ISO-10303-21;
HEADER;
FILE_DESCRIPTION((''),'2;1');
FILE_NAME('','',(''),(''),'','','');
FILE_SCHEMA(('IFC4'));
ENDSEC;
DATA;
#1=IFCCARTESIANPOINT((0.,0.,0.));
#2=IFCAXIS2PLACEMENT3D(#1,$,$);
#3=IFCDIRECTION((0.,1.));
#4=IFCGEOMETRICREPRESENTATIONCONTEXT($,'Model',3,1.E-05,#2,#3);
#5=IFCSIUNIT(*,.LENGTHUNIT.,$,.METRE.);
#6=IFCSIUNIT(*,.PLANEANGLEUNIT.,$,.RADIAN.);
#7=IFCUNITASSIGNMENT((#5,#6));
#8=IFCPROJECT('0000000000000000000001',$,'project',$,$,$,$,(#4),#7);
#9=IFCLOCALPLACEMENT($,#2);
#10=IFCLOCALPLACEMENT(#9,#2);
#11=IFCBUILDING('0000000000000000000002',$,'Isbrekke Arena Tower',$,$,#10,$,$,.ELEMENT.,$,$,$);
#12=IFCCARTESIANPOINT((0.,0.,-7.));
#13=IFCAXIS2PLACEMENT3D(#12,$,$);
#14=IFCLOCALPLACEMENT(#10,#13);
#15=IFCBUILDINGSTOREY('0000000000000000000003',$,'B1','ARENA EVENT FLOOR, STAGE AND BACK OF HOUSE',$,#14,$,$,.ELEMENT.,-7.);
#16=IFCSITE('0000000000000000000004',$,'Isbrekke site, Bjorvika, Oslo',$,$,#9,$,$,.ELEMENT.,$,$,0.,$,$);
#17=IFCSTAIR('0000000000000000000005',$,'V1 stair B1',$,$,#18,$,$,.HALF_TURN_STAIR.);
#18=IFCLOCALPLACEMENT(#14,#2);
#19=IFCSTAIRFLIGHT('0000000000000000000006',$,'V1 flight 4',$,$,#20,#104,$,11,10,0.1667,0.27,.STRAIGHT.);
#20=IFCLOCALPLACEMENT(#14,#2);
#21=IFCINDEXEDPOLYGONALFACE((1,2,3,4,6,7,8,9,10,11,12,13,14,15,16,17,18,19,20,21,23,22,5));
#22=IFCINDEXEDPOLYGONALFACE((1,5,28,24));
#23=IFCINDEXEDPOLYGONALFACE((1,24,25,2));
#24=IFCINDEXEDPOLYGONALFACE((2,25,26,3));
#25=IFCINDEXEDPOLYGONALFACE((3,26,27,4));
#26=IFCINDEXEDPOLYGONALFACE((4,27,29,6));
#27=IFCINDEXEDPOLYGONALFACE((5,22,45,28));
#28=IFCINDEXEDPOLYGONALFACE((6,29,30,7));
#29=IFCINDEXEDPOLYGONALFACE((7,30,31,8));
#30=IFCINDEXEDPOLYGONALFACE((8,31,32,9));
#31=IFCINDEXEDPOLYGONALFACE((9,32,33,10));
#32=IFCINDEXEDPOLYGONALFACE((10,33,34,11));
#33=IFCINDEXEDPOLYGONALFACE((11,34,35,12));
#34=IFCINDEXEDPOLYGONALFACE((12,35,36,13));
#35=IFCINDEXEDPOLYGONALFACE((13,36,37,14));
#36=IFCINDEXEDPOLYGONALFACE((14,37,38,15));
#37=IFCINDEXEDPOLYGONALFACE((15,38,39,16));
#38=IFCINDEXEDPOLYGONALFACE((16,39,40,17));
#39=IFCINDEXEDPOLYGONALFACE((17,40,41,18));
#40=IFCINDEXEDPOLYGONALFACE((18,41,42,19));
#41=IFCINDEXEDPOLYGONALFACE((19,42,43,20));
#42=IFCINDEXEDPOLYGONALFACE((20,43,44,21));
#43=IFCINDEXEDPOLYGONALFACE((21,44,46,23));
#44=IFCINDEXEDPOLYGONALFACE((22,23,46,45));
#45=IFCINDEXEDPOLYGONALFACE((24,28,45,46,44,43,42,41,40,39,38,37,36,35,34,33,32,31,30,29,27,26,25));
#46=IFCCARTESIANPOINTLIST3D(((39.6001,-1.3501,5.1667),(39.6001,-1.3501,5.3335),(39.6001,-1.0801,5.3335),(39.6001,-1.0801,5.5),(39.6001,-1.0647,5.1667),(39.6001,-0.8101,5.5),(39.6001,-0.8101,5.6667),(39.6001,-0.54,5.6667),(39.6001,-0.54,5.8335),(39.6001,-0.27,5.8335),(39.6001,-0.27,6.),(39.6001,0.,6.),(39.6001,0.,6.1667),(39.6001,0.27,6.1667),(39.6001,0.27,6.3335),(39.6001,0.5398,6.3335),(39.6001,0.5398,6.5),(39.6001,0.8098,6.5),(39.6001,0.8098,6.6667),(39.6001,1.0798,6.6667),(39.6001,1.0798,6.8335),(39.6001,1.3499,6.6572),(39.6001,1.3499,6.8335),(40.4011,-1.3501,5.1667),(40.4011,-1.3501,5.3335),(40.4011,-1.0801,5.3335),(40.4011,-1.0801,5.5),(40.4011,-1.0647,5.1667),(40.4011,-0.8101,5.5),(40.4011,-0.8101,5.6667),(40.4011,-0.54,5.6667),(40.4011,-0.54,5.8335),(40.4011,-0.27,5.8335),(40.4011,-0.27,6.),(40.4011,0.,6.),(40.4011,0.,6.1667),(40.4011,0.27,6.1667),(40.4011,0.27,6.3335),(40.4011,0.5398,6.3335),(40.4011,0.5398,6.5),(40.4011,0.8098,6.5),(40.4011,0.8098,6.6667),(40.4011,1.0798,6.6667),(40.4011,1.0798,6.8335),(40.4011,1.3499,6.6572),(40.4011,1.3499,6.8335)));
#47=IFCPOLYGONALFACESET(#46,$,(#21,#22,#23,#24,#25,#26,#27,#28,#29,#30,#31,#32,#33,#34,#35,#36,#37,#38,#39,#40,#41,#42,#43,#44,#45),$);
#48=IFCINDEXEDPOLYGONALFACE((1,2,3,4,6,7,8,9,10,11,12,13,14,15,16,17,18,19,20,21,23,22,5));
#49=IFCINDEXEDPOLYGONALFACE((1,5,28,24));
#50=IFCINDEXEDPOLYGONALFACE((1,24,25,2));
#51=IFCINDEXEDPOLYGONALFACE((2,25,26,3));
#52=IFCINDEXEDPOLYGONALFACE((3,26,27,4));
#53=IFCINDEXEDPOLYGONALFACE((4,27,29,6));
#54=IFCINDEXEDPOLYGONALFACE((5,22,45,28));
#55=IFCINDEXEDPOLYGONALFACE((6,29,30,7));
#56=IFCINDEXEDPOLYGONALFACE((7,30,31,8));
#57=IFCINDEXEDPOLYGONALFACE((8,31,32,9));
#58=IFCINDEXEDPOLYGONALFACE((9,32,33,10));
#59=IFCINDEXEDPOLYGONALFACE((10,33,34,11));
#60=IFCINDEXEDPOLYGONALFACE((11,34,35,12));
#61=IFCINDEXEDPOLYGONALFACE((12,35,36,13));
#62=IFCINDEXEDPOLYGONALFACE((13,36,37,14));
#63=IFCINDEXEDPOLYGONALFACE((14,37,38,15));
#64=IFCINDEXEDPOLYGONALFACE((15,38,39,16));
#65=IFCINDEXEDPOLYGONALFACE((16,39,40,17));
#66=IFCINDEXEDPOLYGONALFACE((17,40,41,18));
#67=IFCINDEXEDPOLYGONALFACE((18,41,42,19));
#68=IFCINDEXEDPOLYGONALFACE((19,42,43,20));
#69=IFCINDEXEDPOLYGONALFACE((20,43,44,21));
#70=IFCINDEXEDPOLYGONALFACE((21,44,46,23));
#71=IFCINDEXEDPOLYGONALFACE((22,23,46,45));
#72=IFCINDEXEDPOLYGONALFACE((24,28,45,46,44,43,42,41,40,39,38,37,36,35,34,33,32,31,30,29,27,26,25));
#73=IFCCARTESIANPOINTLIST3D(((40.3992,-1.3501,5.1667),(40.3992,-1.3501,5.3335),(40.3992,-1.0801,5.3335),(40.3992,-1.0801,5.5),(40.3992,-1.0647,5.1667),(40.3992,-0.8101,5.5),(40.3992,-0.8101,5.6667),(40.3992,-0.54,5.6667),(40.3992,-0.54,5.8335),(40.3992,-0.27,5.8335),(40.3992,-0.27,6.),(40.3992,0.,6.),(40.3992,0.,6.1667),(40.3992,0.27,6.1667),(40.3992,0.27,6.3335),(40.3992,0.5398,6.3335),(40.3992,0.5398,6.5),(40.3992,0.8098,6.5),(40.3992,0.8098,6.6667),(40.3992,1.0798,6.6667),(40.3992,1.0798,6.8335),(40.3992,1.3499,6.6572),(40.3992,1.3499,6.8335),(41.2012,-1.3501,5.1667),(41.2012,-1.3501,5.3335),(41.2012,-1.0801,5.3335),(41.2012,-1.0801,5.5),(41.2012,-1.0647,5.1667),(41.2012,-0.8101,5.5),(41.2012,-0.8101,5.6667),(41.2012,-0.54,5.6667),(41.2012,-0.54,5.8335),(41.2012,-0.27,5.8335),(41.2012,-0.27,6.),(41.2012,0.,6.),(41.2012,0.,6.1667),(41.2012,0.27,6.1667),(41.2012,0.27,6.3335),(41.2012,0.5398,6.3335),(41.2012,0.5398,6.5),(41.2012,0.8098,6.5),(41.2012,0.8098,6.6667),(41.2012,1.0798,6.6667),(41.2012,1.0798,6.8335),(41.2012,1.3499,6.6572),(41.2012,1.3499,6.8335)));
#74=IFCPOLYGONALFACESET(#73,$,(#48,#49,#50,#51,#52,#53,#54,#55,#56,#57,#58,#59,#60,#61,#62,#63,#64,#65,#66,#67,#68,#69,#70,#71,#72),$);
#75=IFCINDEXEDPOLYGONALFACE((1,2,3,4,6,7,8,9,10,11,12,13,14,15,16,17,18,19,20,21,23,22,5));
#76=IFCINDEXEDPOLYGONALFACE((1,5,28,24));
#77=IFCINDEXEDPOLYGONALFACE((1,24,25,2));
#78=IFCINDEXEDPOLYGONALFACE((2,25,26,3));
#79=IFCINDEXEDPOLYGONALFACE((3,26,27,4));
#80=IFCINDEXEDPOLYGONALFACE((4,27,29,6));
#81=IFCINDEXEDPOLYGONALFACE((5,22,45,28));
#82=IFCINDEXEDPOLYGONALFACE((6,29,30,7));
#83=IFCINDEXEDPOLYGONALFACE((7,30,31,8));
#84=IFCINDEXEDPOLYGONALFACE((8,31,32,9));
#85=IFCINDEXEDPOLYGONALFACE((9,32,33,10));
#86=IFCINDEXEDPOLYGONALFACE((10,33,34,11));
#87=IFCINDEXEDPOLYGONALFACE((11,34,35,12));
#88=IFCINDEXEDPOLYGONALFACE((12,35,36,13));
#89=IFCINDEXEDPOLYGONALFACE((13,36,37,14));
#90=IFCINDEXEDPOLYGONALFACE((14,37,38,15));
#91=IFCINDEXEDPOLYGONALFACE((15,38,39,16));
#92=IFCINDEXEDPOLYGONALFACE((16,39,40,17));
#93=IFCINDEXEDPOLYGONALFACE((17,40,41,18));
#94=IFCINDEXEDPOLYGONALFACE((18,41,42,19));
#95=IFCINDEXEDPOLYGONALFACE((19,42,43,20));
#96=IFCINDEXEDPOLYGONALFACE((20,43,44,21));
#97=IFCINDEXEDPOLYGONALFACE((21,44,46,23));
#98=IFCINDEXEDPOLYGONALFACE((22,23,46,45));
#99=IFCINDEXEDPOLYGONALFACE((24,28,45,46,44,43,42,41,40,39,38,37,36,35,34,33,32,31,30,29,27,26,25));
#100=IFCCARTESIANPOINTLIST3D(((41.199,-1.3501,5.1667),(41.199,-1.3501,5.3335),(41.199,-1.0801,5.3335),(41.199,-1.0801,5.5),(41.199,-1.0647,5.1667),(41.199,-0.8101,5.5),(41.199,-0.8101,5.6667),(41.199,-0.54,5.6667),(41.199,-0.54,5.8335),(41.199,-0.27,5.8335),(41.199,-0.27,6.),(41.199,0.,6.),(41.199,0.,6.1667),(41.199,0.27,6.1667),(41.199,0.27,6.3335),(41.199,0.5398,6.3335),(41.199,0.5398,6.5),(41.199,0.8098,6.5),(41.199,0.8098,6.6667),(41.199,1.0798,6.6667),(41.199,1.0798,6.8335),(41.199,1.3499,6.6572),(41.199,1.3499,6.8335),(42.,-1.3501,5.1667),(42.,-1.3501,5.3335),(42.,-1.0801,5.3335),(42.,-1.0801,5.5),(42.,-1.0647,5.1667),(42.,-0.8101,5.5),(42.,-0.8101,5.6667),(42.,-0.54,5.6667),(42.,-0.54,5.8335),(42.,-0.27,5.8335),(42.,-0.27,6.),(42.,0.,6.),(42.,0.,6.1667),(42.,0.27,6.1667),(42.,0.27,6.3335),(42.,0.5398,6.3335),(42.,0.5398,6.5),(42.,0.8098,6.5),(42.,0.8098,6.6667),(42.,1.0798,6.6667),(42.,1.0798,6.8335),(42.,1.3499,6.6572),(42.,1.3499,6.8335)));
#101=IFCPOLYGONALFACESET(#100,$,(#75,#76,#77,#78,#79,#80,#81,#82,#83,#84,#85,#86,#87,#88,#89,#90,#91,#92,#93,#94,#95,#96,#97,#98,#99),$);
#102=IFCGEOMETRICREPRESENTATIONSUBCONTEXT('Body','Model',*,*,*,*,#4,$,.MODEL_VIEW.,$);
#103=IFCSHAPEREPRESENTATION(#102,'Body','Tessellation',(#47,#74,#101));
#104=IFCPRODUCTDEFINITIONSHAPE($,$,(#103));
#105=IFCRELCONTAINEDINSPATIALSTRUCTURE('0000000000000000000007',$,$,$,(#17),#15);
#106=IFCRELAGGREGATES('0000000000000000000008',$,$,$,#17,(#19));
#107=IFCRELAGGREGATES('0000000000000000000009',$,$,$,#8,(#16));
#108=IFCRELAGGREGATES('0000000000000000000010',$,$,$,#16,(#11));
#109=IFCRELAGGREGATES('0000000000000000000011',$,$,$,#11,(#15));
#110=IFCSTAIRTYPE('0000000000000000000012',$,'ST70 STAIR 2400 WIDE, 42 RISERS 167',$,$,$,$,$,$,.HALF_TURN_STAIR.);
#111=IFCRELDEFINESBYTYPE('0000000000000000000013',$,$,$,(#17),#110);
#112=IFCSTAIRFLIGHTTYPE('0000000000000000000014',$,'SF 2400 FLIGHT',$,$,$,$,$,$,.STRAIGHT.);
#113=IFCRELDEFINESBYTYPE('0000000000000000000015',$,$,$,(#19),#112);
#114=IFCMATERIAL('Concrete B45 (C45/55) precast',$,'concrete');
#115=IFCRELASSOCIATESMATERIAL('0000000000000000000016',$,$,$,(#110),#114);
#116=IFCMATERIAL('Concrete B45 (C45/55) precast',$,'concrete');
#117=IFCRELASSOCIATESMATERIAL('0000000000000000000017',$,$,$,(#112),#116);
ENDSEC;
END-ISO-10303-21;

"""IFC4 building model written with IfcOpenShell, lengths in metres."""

from ifc_helpers import new_model, si_unit, direction, frame, origin, place, context, subcontext, project, spatial, polyline, outline, extrude, material, type_object, element, aggregate, save


model = new_model("IFC4")

# Units and contexts
model_context = context("Model", 3, precision=1e-05, world=origin(), true_north=direction((0.0, 1.0)))
body_context = subcontext(model_context, "Body", "Model", "MODEL_VIEW")
ifc_project = project(units=[si_unit("LENGTHUNIT", "METRE"), si_unit("PLANEANGLEUNIT", "RADIAN")], contexts=[model_context])

# Site, building, storey
site_placement = place(None, origin())
site = spatial("IfcSite", under=ifc_project, at=site_placement, Name="Isbrekke site, Bjorvika, Oslo", CompositionType="ELEMENT", RefElevation=0.0)
building_placement = place(site_placement, origin())
building = spatial("IfcBuilding", under=site, at=building_placement, Name="Isbrekke Arena Tower", CompositionType="ELEMENT")
storey_placement = place(building_placement, frame((0.0, 0.0, -7.0)))
storey = spatial("IfcBuildingStorey", under=building, at=storey_placement, Name="B1", Description="ARENA EVENT FLOOR, STAGE AND BACK OF HOUSE", CompositionType="ELEMENT", Elevation=-7.0)

# Stair, stair flight
ifc_material_1 = material(Name="Concrete B45 (C45/55) precast", Category="concrete")
stair_type = type_object("IfcStairType", Name="ST70 STAIR 2400 WIDE, 42 RISERS 167", PredefinedType="HALF_TURN_STAIR", material=ifc_material_1)
stair_placement = place(storey_placement, origin())
stair = element("IfcStair", 1, at=stair_placement, inside=storey, type_object=stair_type, Name="V1 stair B1", PredefinedType="HALF_TURN_STAIR")
ifc_material_2 = material(Name="Concrete B45 (C45/55) precast", Category="concrete")
stair_flight_type = type_object("IfcStairFlightType", Name="SF 2400 FLIGHT", PredefinedType="STRAIGHT", material=ifc_material_2)
stair_flight_1_placement = place(storey_placement, frame((40.8, -1.3501, 5.1667), z_axis=(0.0, 0.0, 1.0), x_axis=(0.0, 1.0, 0.0)))
stair_flight_1 = element("IfcStairFlight", 2, at=stair_flight_1_placement, type_object=stair_flight_type, Name="V1 flight 4", NumberOfRisers=11, NumberOfTreads=10, PredefinedType="STRAIGHT", RiserHeight=0.1667, TreadLength=0.27, context=body_context, shape_type="SweptSolid", body=[
    extrude(outline(polyline([(0.0, 0.0), (0.0, 0.1667), (0.27, 0.1667), (0.27, 0.3333), (0.54, 0.3333), (0.54, 0.5), (0.8101, 0.5), (0.8101, 0.6667), (1.0801, 0.6667), (1.0801, 0.8333), (1.3501, 0.8333), (1.3501, 1.0), (1.6201, 1.0), (1.6201, 1.1667), (1.8899, 1.1667), (1.8899, 1.3333), (2.1599, 1.3333), (2.1599, 1.5), (2.4299, 1.5), (2.4299, 1.6667), (2.7, 1.6667), (2.7, 1.8333), (2.7, 1.4905), (0.2854, 0.0), (0.0, 0.0)])), frame((0.0, 1.2, 0.0), z_axis=(0.0, -1.0, 0.0), x_axis=(1.0, 0.0, 0.0)), (0.0, 0.0, 1.0), 0.801),
    extrude(outline(polyline([(0.0, 0.0), (0.0, 0.1667), (0.27, 0.1667), (0.27, 0.3333), (0.54, 0.3333), (0.54, 0.5), (0.8101, 0.5), (0.8101, 0.6667), (1.0801, 0.6667), (1.0801, 0.8333), (1.3501, 0.8333), (1.3501, 1.0), (1.6201, 1.0), (1.6201, 1.1667), (1.8899, 1.1667), (1.8899, 1.3333), (2.1599, 1.3333), (2.1599, 1.5), (2.4299, 1.5), (2.4299, 1.6667), (2.7, 1.6667), (2.7, 1.8333), (2.7, 1.4905), (0.2854, 0.0), (0.0, 0.0)])), frame((0.0, 0.4009, 0.0), z_axis=(0.0, -1.0, 0.0), x_axis=(1.0, 0.0, 0.0)), (0.0, 0.0, 1.0), 0.802),
    extrude(outline(polyline([(0.0, 0.0), (0.0, 0.1667), (0.27, 0.1667), (0.27, 0.3333), (0.54, 0.3333), (0.54, 0.5), (0.8101, 0.5), (0.8101, 0.6667), (1.0801, 0.6667), (1.0801, 0.8333), (1.3501, 0.8333), (1.3501, 1.0), (1.6201, 1.0), (1.6201, 1.1667), (1.8899, 1.1667), (1.8899, 1.3333), (2.1599, 1.3333), (2.1599, 1.5), (2.4299, 1.5), (2.4299, 1.6667), (2.7, 1.6667), (2.7, 1.8333), (2.7, 1.4905), (0.2854, 0.0), (0.0, 0.0)])), frame((0.0, -0.3989, 0.0), z_axis=(0.0, -1.0, 0.0), x_axis=(1.0, 0.0, 0.0)), (0.0, 0.0, 1.0), 0.801),
])
aggregate(stair, [stair_flight_1])

save(model, "model.ifc")
